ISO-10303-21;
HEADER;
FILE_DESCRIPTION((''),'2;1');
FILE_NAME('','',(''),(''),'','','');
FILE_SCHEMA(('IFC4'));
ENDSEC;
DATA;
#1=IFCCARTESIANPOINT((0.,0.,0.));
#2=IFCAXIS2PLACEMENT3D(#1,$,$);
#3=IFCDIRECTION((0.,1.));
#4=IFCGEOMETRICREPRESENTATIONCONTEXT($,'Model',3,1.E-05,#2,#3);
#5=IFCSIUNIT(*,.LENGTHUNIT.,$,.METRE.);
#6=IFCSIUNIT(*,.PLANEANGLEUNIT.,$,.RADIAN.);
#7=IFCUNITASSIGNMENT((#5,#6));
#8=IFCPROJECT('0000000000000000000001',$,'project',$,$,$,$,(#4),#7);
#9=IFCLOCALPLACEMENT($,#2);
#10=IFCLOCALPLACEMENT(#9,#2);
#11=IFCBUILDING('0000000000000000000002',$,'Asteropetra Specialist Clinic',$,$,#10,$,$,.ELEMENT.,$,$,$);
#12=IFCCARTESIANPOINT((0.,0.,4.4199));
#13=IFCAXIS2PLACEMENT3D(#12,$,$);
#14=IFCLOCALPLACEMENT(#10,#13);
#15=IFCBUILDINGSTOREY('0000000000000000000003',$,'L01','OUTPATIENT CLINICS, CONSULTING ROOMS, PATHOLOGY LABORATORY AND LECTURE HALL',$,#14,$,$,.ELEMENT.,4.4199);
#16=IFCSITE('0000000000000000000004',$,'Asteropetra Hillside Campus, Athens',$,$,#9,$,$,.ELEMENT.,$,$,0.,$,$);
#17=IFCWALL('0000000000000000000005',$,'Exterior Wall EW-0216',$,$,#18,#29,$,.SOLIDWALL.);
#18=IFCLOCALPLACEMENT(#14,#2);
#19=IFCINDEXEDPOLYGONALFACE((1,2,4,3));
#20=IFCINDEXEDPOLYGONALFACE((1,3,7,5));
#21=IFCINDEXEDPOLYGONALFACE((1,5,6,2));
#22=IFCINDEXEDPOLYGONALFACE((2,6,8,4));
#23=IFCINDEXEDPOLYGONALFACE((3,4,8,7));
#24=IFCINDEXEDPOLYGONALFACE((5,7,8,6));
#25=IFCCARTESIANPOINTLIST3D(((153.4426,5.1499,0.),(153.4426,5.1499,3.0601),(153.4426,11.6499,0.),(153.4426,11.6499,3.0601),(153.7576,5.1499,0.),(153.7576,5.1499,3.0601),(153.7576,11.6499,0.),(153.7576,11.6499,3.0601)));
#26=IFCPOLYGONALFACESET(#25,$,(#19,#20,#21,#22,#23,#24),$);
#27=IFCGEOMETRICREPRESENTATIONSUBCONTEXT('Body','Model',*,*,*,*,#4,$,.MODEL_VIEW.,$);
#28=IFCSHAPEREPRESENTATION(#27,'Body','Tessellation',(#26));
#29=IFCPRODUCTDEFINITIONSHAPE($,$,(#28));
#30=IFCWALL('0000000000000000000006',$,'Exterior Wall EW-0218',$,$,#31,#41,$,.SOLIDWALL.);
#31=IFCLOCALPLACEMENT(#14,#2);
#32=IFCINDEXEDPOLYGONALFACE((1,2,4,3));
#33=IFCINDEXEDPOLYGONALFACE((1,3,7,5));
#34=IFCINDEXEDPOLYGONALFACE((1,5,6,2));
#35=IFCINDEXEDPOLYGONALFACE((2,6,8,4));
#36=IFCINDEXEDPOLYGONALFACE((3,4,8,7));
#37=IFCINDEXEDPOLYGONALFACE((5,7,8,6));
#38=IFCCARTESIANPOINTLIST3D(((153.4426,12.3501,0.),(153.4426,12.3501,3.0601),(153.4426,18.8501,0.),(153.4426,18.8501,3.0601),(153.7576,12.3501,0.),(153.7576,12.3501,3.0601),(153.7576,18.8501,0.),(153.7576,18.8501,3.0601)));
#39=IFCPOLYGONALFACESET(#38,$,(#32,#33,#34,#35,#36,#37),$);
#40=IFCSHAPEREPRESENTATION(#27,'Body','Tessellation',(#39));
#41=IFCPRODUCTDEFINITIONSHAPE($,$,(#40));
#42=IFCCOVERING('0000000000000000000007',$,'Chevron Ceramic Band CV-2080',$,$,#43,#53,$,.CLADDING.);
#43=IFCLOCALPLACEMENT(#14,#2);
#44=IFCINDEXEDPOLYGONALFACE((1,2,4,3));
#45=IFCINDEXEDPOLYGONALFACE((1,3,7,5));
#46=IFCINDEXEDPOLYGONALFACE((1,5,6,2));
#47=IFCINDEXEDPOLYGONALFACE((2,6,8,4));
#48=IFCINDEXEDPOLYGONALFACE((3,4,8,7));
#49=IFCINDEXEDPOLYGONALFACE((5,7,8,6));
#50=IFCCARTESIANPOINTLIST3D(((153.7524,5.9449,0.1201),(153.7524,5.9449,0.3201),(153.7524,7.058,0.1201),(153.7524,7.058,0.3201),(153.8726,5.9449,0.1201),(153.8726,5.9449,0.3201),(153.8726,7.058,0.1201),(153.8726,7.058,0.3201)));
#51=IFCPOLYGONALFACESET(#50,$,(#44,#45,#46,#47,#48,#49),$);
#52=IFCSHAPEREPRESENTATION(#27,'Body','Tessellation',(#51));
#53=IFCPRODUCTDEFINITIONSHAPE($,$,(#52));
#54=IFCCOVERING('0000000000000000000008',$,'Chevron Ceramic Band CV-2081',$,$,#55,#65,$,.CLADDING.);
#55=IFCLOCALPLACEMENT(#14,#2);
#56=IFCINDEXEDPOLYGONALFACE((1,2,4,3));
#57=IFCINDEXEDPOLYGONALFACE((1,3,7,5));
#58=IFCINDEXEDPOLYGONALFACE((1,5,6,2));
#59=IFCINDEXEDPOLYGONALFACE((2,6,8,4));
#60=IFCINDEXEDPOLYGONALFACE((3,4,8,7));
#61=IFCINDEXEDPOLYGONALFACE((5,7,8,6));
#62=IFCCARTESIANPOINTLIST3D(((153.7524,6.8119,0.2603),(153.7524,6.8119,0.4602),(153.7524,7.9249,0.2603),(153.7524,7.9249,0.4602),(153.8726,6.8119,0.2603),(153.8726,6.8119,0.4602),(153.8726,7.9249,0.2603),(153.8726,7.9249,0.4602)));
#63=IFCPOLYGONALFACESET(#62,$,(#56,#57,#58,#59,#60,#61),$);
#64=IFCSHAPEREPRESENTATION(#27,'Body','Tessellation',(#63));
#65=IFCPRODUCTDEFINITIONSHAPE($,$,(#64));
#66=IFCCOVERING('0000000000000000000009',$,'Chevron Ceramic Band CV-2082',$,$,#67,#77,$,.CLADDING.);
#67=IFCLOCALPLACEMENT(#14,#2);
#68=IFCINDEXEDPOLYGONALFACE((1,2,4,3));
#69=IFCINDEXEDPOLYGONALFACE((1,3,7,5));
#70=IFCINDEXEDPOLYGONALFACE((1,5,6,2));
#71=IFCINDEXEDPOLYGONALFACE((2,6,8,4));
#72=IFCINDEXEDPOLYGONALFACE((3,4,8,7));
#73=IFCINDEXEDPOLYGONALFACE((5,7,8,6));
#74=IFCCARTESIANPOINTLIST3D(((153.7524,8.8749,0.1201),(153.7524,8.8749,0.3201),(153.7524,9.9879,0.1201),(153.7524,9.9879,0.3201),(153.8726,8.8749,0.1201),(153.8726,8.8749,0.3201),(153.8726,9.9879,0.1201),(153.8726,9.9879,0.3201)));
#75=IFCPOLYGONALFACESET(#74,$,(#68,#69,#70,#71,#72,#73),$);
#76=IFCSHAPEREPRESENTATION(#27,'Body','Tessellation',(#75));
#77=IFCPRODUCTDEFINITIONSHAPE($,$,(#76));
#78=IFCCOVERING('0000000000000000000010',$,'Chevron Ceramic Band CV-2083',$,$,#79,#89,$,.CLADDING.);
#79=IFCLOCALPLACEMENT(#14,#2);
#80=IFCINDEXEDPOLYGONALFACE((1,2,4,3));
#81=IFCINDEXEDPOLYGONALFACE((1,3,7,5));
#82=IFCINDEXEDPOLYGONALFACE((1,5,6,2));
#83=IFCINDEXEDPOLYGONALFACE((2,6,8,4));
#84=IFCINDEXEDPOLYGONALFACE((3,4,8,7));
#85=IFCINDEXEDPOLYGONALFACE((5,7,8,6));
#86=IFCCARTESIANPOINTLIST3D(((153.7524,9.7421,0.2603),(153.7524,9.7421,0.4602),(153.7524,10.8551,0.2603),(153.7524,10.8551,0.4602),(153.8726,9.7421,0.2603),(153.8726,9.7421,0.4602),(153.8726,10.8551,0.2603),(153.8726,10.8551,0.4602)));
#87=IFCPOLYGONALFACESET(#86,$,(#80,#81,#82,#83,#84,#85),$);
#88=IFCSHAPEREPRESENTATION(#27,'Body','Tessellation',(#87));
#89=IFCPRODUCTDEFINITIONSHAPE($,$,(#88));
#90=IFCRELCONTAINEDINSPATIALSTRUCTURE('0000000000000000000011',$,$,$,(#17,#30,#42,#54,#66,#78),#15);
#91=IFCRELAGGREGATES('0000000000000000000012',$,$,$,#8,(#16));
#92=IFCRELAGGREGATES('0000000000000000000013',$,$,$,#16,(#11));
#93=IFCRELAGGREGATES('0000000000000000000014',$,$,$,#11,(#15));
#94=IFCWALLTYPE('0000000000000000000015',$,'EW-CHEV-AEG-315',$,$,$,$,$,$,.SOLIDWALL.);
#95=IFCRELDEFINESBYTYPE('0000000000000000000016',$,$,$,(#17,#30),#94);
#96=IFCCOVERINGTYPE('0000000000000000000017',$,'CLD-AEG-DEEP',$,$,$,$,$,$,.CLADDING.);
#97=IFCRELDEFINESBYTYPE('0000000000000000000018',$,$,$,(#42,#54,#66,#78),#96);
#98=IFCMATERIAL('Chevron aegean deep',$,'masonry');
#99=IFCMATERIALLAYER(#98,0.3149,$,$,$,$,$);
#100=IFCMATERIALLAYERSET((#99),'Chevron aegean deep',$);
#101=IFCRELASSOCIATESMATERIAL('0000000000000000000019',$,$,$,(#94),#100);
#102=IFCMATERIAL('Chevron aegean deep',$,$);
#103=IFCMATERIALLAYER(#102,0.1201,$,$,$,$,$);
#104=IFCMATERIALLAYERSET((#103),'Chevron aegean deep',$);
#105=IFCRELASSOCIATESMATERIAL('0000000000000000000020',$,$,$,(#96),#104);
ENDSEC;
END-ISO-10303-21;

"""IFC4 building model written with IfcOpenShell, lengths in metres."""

from ifc_helpers import new_model, si_unit, direction, frame, frame_2d, origin, origin_2d, place, context, subcontext, project, spatial, rectangle, extrude, material, layer, layer_set, type_object, element, save


model = new_model("IFC4")

# Units and contexts
model_context = context("Model", 3, precision=1e-05, world=origin(), true_north=direction((0.0, 1.0)))
body_context = subcontext(model_context, "Body", "Model", "MODEL_VIEW")
ifc_project = project(units=[si_unit("LENGTHUNIT", "METRE"), si_unit("PLANEANGLEUNIT", "RADIAN")], contexts=[model_context])

# Site, building, storey
site_placement = place(None, origin())
site = spatial("IfcSite", under=ifc_project, at=site_placement, Name="Asteropetra Hillside Campus, Athens", CompositionType="ELEMENT", RefElevation=0.0)
building_placement = place(site_placement, origin())
building = spatial("IfcBuilding", under=site, at=building_placement, Name="Asteropetra Specialist Clinic", CompositionType="ELEMENT")
storey_placement = place(building_placement, frame((0.0, 0.0, 4.4199)))
storey = spatial("IfcBuildingStorey", under=building, at=storey_placement, Name="L01", Description="OUTPATIENT CLINICS, CONSULTING ROOMS, PATHOLOGY LABORATORY AND LECTURE HALL", CompositionType="ELEMENT", Elevation=4.4199)

# Walls
ifc_material_1 = material(Name="Chevron aegean deep", Category="masonry")
ifc_layer_1 = layer(ifc_material_1, 0.3149)
ifc_layer_set_1 = layer_set([ifc_layer_1], Name="Chevron aegean deep")
wall_type = type_object("IfcWallType", Name="EW-CHEV-AEG-315", PredefinedType="SOLIDWALL", material=ifc_layer_set_1)
for number, where, z_axis, x_axis, name in (
    (1, (153.6001, 5.1499, 0.0), (0.0, 0.0, 1.0), (0.0, 1.0, 0.0), "Exterior Wall EW-0216"),
    (2, (153.6001, 12.3501, 0.0), (0.0, 0.0, 1.0), (0.0, 1.0, 0.0), "Exterior Wall EW-0218"),
):
    element("IfcWall", number, at=place(storey_placement, frame(where, z_axis=z_axis, x_axis=x_axis)), inside=storey, type_object=wall_type, Name=name, PredefinedType="SOLIDWALL", context=body_context, shape_type="SweptSolid", body=[
        extrude(rectangle(XDim=6.5, YDim=0.3149, at=frame_2d((3.25, 0.0))), origin(), (0.0, 0.0, 1.0), 3.0601),
    ])

# Coverings
ifc_material_2 = material(Name="Chevron aegean deep")
ifc_layer_2 = layer(ifc_material_2, 0.1201)
ifc_layer_set_2 = layer_set([ifc_layer_2], Name="Chevron aegean deep")
covering_type = type_object("IfcCoveringType", Name="CLD-AEG-DEEP", PredefinedType="CLADDING", material=ifc_layer_set_2)
for number, where, z_axis, x_axis, name in (
    (3, (153.8125, 6.5015, 0.1201), (0.0, 0.0, 1.0), (1.0, 0.0, 0.0), "Chevron Ceramic Band CV-2080"),
    (4, (153.8125, 7.3684, 0.2603), (0.0, 0.0, 1.0), (1.0, 0.0, 0.0), "Chevron Ceramic Band CV-2081"),
    (5, (153.8125, 9.4314, 0.1201), (0.0, 0.0, 1.0), (1.0, 0.0, 0.0), "Chevron Ceramic Band CV-2082"),
    (6, (153.8125, 10.2986, 0.2603), (0.0, 0.0, 1.0), (1.0, 0.0, 0.0), "Chevron Ceramic Band CV-2083"),
):
    element("IfcCovering", number, at=place(storey_placement, frame(where, z_axis=z_axis, x_axis=x_axis)), inside=storey, type_object=covering_type, Name=name, PredefinedType="CLADDING", context=body_context, shape_type="SweptSolid", body=[
        extrude(rectangle(XDim=0.1201, YDim=1.113, at=origin_2d()), origin(), (0.0, 0.0, 1.0), 0.2),
    ])

save(model, "model.ifc")
